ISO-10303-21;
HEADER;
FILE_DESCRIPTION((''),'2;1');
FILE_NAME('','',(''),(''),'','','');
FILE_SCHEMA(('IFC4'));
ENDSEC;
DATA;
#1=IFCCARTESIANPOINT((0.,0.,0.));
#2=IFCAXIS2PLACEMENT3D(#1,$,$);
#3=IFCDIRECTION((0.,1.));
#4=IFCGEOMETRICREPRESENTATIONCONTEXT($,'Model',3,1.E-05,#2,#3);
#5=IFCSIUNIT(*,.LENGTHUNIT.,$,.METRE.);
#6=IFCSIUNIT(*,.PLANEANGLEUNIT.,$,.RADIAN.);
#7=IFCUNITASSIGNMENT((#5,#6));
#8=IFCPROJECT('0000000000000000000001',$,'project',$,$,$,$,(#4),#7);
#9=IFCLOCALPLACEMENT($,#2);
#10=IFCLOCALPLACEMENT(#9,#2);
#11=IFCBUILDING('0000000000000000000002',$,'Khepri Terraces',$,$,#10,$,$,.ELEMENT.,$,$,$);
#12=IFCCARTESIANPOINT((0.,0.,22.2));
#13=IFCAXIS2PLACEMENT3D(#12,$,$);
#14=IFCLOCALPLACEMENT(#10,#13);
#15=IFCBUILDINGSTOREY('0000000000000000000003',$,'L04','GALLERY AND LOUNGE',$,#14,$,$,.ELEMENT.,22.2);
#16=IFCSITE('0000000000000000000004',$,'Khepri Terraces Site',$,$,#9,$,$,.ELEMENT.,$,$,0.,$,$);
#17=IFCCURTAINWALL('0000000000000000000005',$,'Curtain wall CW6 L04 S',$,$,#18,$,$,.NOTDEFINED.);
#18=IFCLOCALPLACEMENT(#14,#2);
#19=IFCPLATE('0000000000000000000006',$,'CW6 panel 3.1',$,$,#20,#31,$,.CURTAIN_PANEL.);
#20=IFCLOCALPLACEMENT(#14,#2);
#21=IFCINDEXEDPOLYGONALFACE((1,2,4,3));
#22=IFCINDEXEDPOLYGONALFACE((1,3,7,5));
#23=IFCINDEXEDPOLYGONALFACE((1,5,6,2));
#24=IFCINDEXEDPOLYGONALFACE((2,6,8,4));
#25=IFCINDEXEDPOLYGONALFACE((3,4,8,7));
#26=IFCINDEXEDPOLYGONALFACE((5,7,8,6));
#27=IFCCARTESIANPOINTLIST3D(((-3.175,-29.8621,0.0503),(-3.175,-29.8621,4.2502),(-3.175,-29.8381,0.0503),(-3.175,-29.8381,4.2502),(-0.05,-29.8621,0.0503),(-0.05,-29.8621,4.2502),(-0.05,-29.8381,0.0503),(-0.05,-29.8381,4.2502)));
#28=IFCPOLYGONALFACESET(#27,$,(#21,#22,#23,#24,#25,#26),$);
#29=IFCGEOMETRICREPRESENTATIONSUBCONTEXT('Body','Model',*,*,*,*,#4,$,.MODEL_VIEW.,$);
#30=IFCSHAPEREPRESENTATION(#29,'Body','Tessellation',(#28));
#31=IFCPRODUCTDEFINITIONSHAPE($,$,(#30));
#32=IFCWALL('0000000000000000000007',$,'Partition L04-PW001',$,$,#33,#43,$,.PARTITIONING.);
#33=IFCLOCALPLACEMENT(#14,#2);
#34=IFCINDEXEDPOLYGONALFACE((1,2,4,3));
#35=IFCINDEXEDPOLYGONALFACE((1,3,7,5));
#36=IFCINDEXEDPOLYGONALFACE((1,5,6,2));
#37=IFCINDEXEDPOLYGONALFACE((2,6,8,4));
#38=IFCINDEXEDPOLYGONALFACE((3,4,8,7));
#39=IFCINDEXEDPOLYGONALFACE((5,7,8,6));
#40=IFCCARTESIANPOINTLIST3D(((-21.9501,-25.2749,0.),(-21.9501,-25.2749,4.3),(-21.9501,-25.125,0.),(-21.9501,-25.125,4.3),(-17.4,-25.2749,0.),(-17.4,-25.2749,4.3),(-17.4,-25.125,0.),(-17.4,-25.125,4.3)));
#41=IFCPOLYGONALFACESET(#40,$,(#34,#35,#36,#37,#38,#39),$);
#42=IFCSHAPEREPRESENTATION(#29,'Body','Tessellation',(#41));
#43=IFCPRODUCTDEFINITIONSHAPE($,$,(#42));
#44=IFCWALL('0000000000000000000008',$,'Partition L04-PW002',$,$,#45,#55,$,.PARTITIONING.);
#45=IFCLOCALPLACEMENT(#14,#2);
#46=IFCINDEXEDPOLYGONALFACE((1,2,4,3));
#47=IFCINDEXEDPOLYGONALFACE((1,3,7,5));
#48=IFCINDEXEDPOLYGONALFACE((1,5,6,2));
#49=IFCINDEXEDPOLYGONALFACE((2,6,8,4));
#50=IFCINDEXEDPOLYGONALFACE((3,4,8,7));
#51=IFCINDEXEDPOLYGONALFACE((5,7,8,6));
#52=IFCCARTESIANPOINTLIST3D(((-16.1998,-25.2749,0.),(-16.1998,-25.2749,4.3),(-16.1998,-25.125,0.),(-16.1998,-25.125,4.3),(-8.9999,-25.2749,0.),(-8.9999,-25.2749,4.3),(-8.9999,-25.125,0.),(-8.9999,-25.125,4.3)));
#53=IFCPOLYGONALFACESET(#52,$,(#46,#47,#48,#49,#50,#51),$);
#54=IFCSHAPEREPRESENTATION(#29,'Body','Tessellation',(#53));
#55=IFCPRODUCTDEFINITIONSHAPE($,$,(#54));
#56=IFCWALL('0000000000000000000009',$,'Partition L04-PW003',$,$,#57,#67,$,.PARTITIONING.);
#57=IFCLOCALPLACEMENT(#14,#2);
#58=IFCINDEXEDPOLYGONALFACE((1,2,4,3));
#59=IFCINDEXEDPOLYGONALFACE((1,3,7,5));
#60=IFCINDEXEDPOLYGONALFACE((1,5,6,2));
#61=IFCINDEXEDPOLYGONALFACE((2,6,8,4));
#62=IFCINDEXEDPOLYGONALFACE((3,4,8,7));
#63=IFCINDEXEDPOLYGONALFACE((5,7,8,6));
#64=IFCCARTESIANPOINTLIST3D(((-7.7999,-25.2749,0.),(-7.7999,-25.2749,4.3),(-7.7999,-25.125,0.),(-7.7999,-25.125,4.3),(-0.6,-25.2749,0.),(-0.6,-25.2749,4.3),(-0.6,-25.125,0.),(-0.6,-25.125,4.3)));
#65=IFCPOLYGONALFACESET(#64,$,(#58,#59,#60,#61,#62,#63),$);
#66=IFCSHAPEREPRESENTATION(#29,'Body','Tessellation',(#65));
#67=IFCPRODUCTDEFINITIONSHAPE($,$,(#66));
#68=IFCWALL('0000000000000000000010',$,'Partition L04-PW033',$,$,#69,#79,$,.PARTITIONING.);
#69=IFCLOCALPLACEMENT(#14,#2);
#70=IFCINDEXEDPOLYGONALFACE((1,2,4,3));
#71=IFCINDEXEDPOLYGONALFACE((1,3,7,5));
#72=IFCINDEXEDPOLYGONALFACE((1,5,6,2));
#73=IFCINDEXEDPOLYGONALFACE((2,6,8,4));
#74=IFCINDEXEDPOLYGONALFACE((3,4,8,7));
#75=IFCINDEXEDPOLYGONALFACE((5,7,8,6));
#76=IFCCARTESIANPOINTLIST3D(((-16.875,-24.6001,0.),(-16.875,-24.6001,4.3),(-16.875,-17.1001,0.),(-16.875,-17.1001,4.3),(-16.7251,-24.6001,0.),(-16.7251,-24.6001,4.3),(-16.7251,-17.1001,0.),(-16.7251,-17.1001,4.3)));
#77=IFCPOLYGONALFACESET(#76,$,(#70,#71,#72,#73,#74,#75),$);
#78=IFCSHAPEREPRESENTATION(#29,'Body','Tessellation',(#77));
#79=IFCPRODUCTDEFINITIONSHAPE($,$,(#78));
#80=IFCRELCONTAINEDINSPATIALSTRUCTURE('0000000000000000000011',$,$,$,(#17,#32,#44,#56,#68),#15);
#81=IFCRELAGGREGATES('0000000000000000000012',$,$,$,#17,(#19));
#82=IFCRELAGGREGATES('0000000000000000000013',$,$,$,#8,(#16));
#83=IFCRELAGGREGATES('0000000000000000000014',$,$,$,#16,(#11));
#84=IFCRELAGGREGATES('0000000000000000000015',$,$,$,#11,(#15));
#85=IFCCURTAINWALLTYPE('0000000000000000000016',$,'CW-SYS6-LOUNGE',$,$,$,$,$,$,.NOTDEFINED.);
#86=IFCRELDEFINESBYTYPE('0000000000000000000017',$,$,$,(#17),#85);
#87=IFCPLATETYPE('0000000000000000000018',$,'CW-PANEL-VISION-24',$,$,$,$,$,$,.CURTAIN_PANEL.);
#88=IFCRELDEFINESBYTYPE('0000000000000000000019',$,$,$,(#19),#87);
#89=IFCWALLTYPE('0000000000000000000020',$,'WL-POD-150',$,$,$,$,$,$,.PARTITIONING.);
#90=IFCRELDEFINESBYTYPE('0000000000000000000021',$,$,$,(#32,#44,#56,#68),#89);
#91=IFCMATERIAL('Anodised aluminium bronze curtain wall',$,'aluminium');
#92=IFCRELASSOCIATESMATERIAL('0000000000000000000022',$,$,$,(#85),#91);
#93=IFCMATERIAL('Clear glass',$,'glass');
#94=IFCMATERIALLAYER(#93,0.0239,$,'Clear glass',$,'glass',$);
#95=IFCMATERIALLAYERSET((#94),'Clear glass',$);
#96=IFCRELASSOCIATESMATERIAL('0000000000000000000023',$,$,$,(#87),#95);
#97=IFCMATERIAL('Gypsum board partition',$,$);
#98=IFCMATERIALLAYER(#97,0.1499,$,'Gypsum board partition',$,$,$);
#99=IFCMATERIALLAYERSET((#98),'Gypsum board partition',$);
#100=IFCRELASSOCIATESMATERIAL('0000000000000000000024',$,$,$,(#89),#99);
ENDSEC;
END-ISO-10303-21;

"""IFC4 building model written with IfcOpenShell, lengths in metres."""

from ifc_helpers import new_model, si_unit, direction, frame, frame_2d, origin, origin_2d, place, context, subcontext, project, spatial, rectangle, extrude, material, layer, layer_set, type_object, element, aggregate, save


model = new_model("IFC4")

# Units and contexts
model_context = context("Model", 3, precision=1e-05, world=origin(), true_north=direction((0.0, 1.0)))
body_context = subcontext(model_context, "Body", "Model", "MODEL_VIEW")
ifc_project = project(units=[si_unit("LENGTHUNIT", "METRE"), si_unit("PLANEANGLEUNIT", "RADIAN")], contexts=[model_context])

# Site, building, storey
site_placement = place(None, origin())
site = spatial("IfcSite", under=ifc_project, at=site_placement, Name="Khepri Terraces Site", CompositionType="ELEMENT", RefElevation=0.0)
building_placement = place(site_placement, origin())
building = spatial("IfcBuilding", under=site, at=building_placement, Name="Khepri Terraces", CompositionType="ELEMENT")
storey_placement = place(building_placement, frame((0.0, 0.0, 22.2)))
storey = spatial("IfcBuildingStorey", under=building, at=storey_placement, Name="L04", Description="GALLERY AND LOUNGE", CompositionType="ELEMENT", Elevation=22.2)

# Curtain wall, plate
ifc_material_1 = material(Name="Anodised aluminium bronze curtain wall", Category="aluminium")
curtain_wall_type = type_object("IfcCurtainWallType", Name="CW-SYS6-LOUNGE", PredefinedType="NOTDEFINED", material=ifc_material_1)
curtain_wall_placement = place(storey_placement, origin())
curtain_wall = element("IfcCurtainWall", 1, at=curtain_wall_placement, inside=storey, type_object=curtain_wall_type, Name="Curtain wall CW6 L04 S", PredefinedType="NOTDEFINED")
ifc_material_2 = material(Name="Clear glass", Category="glass")
ifc_layer_1 = layer(ifc_material_2, 0.0239, Name="Clear glass", Category="glass")
ifc_layer_set_1 = layer_set([ifc_layer_1], Name="Clear glass")
plate_type = type_object("IfcPlateType", Name="CW-PANEL-VISION-24", PredefinedType="CURTAIN_PANEL", material=ifc_layer_set_1)
plate_1_placement = place(storey_placement, frame((-1.6125, -29.8501, 0.0503), z_axis=(0.0, 0.0, 1.0), x_axis=(1.0, 0.0, 0.0)))
plate_1 = element("IfcPlate", 2, at=plate_1_placement, type_object=plate_type, Name="CW6 panel 3.1", PredefinedType="CURTAIN_PANEL", context=body_context, shape_type="SweptSolid", body=[
    extrude(rectangle(XDim=3.125, YDim=0.0239, at=origin_2d()), origin(), (0.0, 0.0, 1.0), 4.2),
])
aggregate(curtain_wall, [plate_1])

# Walls
ifc_material_3 = material(Name="Gypsum board partition")
ifc_layer_2 = layer(ifc_material_3, 0.1499, Name="Gypsum board partition")
ifc_layer_set_2 = layer_set([ifc_layer_2], Name="Gypsum board partition")
wall_type_1 = type_object("IfcWallType", Name="WL-POD-150", PredefinedType="PARTITIONING", material=ifc_layer_set_2)
wall_1_placement = place(storey_placement, frame((-21.95, -25.2, 0.0), z_axis=(0.0, 0.0, 1.0), x_axis=(1.0, 0.0, 0.0)))
element("IfcWall", 3, at=wall_1_placement, inside=storey, type_object=wall_type_1, Name="Partition L04-PW001", PredefinedType="PARTITIONING", context=body_context, shape_type="SweptSolid", body=[
    extrude(rectangle(XDim=4.55, YDim=0.1499, at=frame_2d((2.2749, 0.0))), origin(), (0.0, 0.0, 1.0), 4.3),
])
for number, where, z_axis, x_axis, name in (
    (4, (-16.2, -25.2, 0.0), (0.0, 0.0, 1.0), (1.0, 0.0, 0.0), "Partition L04-PW002"),
    (5, (-7.8, -25.2, 0.0), (0.0, 0.0, 1.0), (1.0, 0.0, 0.0), "Partition L04-PW003"),
):
    element("IfcWall", number, at=place(storey_placement, frame(where, z_axis=z_axis, x_axis=x_axis)), inside=storey, type_object=wall_type_1, Name=name, PredefinedType="PARTITIONING", context=body_context, shape_type="SweptSolid", body=[
        extrude(rectangle(XDim=7.2, YDim=0.1499, at=frame_2d((3.6001, 0.0))), origin(), (0.0, 0.0, 1.0), 4.3),
    ])
wall_2_placement = place(storey_placement, frame((-16.8, -24.6001, 0.0), z_axis=(0.0, 0.0, 1.0), x_axis=(0.0, 1.0, 0.0)))
element("IfcWall", 6, at=wall_2_placement, inside=storey, type_object=wall_type_1, Name="Partition L04-PW033", PredefinedType="PARTITIONING", context=body_context, shape_type="SweptSolid", body=[
    extrude(rectangle(XDim=7.5, YDim=0.1499, at=frame_2d((3.75, 0.0))), origin(), (0.0, 0.0, 1.0), 4.3),
])

save(model, "model.ifc")
